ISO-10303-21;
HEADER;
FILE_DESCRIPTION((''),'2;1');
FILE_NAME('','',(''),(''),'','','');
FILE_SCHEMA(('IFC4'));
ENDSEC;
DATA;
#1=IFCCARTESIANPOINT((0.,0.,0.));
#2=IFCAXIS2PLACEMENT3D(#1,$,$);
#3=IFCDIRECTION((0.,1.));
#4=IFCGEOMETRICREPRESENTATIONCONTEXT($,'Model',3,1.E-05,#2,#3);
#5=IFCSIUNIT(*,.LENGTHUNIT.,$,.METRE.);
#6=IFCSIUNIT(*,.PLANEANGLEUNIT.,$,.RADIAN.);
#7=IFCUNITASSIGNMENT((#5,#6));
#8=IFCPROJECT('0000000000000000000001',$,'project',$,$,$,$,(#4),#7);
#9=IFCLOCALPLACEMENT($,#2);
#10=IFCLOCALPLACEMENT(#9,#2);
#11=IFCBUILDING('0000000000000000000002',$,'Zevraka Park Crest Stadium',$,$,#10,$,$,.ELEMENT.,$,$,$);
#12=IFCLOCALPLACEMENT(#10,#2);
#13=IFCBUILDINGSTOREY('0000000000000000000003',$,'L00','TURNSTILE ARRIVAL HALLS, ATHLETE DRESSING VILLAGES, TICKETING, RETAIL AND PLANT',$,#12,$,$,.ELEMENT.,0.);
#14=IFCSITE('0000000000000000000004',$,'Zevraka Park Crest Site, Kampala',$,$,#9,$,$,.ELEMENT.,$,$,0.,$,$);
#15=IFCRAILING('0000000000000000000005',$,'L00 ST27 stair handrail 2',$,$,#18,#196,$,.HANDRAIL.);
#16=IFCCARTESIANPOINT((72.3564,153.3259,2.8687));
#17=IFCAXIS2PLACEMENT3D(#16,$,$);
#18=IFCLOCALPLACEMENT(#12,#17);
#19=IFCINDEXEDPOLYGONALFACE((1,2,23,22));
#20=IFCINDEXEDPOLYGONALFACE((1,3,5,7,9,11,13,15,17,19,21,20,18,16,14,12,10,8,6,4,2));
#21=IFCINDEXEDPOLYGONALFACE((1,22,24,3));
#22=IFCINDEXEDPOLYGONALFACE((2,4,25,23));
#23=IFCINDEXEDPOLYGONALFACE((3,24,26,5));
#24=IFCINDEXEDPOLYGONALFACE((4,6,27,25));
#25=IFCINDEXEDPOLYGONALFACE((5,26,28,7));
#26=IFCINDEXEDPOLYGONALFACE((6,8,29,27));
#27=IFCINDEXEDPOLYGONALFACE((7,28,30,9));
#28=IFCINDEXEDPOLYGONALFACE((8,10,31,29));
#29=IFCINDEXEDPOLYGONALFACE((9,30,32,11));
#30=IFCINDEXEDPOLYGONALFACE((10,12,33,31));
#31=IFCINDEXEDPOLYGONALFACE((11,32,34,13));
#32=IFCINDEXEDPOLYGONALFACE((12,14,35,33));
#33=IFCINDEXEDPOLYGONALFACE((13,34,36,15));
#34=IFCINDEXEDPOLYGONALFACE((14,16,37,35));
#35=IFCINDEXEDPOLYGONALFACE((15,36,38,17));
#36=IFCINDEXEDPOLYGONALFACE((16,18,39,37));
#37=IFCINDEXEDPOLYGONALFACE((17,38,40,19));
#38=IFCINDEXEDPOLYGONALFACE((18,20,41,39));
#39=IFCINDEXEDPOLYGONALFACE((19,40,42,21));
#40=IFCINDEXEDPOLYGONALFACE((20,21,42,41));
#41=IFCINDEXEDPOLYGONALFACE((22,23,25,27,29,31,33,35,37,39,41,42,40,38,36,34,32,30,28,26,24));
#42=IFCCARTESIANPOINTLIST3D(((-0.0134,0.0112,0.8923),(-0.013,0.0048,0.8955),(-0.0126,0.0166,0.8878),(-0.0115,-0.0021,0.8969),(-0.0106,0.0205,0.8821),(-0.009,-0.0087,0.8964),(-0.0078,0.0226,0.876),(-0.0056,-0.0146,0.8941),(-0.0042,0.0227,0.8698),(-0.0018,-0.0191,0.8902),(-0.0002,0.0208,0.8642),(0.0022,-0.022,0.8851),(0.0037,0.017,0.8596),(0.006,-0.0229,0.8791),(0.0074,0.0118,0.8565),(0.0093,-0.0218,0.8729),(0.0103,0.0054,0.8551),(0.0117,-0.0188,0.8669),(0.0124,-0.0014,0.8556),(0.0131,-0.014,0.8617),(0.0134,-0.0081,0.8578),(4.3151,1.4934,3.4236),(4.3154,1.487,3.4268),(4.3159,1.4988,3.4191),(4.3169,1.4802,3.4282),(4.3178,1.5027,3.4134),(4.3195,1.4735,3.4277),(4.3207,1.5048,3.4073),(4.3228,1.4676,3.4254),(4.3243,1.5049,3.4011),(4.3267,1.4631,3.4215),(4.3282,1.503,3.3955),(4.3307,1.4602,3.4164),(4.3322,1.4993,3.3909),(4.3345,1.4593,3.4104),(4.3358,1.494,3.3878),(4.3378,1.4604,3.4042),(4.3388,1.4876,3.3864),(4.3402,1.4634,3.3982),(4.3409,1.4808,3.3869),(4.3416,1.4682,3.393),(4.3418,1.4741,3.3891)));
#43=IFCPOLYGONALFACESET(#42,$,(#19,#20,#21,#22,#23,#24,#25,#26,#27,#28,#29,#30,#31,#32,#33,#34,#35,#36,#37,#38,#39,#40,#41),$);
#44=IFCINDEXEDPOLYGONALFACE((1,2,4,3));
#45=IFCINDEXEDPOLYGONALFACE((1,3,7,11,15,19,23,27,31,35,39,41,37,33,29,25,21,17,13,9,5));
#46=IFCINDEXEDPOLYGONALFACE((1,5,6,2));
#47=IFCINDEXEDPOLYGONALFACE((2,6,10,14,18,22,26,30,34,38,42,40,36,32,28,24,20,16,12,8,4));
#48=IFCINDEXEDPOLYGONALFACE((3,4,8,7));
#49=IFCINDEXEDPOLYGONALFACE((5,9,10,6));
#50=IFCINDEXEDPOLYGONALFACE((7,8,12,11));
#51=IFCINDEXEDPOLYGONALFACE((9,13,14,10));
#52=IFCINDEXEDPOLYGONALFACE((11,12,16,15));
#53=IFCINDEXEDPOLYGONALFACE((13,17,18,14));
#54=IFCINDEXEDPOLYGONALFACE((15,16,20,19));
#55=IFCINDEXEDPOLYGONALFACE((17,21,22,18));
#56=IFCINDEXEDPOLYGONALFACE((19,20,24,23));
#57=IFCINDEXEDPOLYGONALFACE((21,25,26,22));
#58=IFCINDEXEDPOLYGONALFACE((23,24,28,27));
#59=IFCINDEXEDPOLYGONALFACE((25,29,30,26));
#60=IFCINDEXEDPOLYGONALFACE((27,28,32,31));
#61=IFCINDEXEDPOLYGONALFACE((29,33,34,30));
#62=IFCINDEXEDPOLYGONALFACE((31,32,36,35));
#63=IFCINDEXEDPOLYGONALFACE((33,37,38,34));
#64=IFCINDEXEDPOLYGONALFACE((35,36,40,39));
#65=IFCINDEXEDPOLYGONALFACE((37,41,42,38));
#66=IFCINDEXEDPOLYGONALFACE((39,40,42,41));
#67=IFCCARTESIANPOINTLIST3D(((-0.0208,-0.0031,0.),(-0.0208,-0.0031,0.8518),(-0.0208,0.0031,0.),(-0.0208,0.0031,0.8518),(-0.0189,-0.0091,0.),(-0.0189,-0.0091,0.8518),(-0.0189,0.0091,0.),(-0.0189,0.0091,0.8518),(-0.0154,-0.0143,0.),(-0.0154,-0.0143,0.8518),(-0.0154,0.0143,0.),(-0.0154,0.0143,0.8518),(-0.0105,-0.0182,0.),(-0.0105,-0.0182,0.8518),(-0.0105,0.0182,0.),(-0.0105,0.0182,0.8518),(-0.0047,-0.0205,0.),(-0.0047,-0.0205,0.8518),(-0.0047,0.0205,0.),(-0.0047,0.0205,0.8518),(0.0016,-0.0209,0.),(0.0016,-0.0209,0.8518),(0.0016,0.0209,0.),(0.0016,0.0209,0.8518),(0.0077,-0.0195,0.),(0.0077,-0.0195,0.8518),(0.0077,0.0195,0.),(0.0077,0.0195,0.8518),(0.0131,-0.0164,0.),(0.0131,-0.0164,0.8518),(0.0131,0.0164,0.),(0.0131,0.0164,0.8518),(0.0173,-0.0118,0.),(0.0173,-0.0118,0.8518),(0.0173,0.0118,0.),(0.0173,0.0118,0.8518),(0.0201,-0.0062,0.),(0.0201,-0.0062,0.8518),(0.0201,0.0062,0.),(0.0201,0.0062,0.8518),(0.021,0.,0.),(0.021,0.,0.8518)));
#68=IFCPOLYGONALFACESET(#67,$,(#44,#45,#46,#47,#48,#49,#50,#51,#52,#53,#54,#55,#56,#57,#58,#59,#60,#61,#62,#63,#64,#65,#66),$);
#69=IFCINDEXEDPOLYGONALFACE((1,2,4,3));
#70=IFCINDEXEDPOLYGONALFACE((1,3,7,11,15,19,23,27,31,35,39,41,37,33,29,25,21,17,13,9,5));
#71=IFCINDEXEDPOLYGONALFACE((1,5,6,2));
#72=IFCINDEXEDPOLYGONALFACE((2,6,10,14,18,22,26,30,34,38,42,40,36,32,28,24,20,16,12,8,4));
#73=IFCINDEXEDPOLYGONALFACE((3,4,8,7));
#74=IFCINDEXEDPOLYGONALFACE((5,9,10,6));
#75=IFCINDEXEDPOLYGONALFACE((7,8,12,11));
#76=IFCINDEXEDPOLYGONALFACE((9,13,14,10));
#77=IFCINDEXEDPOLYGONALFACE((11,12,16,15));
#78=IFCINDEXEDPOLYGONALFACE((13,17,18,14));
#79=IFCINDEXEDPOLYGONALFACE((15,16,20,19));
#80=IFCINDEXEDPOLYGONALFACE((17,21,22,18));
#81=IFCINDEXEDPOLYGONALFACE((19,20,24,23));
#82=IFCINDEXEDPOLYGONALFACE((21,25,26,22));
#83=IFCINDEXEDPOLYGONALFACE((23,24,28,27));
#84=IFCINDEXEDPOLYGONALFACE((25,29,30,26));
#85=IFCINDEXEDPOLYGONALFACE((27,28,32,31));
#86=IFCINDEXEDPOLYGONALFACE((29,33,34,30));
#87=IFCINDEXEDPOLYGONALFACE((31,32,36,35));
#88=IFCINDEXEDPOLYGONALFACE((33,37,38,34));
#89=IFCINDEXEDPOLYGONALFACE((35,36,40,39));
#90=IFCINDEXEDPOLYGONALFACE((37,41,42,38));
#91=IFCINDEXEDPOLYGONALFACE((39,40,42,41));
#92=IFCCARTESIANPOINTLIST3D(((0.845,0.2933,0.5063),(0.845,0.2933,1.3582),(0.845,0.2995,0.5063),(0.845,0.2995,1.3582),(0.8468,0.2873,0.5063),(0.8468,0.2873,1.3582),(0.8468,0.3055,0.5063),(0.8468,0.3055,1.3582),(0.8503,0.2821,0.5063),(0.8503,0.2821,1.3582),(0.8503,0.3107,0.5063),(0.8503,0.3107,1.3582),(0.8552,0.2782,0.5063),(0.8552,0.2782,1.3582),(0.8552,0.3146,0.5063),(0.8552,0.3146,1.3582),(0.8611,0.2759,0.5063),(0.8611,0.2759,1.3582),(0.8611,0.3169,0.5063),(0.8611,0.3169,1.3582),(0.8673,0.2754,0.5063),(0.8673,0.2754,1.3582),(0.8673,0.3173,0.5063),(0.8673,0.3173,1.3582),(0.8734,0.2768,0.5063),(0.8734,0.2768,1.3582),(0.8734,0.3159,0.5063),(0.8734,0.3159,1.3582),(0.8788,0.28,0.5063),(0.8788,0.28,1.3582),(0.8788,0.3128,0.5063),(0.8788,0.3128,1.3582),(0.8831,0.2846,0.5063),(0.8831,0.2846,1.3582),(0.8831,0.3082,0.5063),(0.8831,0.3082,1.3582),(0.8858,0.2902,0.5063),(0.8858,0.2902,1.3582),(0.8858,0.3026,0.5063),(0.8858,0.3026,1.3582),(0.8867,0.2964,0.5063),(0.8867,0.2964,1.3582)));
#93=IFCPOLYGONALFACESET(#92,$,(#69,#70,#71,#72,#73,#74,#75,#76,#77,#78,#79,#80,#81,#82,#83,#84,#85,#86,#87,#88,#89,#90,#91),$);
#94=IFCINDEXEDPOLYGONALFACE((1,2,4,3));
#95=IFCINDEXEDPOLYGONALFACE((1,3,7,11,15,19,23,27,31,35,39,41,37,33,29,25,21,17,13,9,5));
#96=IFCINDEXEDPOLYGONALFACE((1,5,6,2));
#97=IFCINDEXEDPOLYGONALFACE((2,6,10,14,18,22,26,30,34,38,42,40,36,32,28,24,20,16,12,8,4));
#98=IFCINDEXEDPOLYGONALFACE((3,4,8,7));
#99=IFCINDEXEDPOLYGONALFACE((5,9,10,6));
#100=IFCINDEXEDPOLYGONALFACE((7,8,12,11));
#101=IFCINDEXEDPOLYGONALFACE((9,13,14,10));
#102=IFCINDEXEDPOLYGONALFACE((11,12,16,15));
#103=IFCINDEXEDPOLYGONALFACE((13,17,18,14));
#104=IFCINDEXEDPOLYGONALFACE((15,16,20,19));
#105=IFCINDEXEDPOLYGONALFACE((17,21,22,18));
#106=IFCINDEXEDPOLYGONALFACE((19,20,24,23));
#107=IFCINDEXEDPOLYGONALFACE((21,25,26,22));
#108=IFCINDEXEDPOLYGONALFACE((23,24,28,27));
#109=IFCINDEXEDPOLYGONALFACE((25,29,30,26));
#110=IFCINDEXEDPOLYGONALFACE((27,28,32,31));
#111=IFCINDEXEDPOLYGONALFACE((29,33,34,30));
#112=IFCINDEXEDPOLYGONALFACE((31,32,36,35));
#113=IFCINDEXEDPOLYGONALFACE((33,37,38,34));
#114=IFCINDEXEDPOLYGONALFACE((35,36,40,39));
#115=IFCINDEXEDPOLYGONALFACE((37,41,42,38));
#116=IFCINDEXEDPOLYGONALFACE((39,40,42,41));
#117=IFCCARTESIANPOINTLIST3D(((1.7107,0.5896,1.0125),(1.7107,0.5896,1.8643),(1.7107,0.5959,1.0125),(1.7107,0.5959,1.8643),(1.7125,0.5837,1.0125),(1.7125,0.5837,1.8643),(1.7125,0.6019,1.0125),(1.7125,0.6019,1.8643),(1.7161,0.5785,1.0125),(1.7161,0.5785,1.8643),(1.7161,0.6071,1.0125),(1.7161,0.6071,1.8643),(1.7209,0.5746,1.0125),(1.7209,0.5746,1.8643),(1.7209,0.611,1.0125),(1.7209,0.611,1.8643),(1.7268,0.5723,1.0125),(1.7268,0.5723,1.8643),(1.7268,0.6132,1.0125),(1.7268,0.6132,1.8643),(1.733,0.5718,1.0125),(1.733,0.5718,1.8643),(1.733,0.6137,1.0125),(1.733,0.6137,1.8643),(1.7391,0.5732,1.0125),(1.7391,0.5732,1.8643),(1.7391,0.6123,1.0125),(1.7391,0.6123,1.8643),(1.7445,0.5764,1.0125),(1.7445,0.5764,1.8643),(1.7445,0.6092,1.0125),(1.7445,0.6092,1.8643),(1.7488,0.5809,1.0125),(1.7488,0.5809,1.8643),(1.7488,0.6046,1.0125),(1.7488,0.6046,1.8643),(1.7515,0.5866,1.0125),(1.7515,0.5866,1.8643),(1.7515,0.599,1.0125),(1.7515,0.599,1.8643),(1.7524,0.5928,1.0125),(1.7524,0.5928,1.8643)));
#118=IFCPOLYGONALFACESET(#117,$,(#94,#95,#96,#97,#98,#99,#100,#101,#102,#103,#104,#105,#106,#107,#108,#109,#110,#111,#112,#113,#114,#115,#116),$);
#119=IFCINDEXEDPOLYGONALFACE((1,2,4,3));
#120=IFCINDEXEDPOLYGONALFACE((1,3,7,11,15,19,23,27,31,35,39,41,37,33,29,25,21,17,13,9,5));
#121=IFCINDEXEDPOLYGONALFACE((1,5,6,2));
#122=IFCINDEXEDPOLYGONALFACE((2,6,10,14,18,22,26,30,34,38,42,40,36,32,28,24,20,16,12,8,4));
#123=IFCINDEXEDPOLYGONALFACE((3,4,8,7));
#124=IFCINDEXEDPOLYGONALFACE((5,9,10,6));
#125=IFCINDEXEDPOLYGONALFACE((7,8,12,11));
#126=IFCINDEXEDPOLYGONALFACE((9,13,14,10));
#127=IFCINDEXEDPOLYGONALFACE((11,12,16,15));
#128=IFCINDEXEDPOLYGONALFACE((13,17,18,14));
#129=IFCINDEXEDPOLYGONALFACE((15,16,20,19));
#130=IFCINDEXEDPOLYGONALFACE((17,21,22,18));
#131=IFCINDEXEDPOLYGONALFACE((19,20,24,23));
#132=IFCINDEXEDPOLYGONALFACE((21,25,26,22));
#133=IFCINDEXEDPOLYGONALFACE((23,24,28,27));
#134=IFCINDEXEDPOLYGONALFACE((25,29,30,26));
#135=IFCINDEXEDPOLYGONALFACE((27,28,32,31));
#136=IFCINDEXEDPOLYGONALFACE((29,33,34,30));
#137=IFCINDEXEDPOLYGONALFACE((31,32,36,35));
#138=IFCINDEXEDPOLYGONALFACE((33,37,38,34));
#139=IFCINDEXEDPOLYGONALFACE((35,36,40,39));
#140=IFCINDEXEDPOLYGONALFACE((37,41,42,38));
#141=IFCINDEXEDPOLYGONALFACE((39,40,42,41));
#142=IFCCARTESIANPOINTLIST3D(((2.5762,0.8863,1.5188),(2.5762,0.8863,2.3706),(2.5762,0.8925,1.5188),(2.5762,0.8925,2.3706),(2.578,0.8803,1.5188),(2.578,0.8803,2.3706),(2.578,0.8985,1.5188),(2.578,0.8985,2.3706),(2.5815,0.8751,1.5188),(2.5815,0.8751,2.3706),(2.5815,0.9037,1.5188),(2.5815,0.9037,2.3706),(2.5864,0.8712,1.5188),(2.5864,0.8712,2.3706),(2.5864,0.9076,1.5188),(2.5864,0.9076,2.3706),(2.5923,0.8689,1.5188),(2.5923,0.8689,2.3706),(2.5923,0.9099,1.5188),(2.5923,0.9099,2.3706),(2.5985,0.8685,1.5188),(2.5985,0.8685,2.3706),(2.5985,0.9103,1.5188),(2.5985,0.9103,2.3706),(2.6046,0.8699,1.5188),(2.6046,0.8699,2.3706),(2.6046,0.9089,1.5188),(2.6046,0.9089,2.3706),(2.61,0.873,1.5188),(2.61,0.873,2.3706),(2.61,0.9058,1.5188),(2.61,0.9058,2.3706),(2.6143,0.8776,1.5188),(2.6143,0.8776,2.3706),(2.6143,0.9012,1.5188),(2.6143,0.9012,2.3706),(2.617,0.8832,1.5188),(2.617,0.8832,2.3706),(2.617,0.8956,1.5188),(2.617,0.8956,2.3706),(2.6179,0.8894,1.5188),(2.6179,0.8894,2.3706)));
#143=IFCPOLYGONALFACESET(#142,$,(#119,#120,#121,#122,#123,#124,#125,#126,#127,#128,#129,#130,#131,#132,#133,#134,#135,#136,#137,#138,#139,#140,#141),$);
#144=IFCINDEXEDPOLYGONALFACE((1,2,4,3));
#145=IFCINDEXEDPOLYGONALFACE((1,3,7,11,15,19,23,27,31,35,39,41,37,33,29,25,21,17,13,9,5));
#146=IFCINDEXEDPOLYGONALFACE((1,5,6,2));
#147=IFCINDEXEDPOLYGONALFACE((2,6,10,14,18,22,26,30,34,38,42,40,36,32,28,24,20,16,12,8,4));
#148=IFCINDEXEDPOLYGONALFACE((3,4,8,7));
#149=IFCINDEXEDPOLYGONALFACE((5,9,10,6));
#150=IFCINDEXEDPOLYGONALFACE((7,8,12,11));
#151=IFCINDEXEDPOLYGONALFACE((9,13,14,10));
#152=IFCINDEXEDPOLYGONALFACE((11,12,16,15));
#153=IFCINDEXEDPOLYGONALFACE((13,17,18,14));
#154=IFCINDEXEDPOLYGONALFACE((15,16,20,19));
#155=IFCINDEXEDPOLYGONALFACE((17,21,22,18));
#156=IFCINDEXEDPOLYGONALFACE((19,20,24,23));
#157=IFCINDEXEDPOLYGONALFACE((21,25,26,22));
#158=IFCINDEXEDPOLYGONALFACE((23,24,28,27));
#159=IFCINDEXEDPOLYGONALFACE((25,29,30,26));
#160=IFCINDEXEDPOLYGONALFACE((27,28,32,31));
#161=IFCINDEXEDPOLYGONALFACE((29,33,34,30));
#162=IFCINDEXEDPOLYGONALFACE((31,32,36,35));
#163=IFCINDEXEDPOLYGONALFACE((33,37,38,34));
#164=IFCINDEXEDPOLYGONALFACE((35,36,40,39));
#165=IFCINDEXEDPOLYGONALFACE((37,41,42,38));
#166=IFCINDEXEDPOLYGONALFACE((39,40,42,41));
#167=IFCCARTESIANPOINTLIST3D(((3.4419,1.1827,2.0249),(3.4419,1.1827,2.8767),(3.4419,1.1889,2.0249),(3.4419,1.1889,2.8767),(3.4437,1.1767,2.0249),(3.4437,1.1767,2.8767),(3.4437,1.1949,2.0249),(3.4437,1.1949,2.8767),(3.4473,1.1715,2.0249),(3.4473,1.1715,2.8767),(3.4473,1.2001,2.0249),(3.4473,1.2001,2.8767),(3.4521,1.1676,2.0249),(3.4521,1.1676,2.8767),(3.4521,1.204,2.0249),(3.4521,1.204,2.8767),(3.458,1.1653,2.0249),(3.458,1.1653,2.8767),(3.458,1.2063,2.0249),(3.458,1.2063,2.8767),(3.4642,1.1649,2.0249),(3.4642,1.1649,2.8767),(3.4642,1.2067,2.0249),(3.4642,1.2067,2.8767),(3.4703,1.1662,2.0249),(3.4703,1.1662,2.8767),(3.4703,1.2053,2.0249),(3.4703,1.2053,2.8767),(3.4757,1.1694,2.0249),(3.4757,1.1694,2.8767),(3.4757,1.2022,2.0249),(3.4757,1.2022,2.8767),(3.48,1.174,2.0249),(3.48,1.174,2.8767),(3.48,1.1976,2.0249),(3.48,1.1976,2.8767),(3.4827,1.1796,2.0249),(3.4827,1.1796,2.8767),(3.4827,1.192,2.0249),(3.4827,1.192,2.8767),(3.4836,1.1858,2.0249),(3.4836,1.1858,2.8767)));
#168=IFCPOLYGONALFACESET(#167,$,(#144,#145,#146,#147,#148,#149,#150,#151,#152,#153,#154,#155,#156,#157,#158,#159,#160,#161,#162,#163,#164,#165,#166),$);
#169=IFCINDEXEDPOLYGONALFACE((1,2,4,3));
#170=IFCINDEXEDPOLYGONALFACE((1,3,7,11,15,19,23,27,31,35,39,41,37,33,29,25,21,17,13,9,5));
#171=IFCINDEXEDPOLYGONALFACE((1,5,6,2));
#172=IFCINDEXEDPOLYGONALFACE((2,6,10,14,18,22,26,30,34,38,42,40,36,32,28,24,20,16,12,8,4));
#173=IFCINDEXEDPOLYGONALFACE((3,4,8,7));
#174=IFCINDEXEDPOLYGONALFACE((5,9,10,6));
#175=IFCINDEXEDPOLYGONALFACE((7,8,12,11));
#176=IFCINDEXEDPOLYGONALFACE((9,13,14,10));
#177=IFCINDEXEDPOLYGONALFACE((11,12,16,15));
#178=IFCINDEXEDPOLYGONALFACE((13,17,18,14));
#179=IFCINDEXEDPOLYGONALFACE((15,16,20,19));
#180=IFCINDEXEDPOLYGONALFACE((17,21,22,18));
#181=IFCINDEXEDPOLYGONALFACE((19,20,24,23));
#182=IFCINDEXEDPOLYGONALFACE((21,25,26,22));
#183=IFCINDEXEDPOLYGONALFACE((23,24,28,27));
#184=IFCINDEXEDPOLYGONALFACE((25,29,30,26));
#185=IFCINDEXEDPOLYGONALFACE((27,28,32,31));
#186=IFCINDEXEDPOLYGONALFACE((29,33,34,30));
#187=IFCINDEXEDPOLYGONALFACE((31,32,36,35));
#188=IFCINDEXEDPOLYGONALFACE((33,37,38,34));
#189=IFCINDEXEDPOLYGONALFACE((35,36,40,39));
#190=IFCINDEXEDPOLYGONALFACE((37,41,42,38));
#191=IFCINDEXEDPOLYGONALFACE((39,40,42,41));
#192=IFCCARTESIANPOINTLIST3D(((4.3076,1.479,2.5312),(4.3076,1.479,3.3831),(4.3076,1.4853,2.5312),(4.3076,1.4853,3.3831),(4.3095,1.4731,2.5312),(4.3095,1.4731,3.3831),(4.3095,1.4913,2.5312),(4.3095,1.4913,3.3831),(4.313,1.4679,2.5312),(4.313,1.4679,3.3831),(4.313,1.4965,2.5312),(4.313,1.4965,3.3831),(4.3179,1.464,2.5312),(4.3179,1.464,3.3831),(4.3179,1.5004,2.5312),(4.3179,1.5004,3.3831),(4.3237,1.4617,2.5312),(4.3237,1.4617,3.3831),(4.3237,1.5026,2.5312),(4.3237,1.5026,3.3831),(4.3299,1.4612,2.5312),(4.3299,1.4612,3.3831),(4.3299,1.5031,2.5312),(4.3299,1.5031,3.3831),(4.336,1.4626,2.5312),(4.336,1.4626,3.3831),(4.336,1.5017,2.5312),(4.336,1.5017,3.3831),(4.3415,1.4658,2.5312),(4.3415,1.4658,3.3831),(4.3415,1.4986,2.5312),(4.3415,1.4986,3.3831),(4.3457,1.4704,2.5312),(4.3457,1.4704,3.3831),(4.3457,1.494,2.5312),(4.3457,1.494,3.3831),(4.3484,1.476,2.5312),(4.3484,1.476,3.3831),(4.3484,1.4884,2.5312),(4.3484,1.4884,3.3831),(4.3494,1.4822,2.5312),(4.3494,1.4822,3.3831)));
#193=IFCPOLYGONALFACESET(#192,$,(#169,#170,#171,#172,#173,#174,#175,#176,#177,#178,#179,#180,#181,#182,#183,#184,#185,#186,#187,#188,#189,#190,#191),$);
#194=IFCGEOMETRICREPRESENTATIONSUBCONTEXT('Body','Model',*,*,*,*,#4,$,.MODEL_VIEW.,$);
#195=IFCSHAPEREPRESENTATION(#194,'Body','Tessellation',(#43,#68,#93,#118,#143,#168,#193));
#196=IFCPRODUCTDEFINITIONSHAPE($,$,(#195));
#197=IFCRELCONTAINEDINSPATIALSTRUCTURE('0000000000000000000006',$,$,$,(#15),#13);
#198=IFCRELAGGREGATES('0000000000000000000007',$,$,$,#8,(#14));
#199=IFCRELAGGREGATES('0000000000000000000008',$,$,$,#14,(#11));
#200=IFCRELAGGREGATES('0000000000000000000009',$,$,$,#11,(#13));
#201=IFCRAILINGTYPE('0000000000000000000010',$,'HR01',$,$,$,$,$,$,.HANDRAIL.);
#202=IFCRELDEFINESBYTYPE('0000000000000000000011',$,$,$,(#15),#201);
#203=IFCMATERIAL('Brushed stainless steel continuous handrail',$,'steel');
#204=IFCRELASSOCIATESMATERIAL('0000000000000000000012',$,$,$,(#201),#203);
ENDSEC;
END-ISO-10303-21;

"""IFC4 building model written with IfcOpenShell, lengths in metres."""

from ifc_helpers import new_model, si_unit, direction, frame, origin, origin_2d, place, context, subcontext, project, spatial, circle, extrude, material, type_object, element, save


model = new_model("IFC4")

# Units and contexts
model_context = context("Model", 3, precision=1e-05, world=origin(), true_north=direction((0.0, 1.0)))
body_context = subcontext(model_context, "Body", "Model", "MODEL_VIEW")
ifc_project = project(units=[si_unit("LENGTHUNIT", "METRE"), si_unit("PLANEANGLEUNIT", "RADIAN")], contexts=[model_context])

# Site, building, storey
site_placement = place(None, origin())
site = spatial("IfcSite", under=ifc_project, at=site_placement, Name="Zevraka Park Crest Site, Kampala", CompositionType="ELEMENT", RefElevation=0.0)
building_placement = place(site_placement, origin())
building = spatial("IfcBuilding", under=site, at=building_placement, Name="Zevraka Park Crest Stadium", CompositionType="ELEMENT")
storey_placement = place(building_placement, origin())
storey = spatial("IfcBuildingStorey", under=building, at=storey_placement, Name="L00", Description="TURNSTILE ARRIVAL HALLS, ATHLETE DRESSING VILLAGES, TICKETING, RETAIL AND PLANT", CompositionType="ELEMENT", Elevation=0.0)

# Railing
ifc_material_1 = material(Name="Brushed stainless steel continuous handrail", Category="steel")
railing_type_1 = type_object("IfcRailingType", Name="HR01", PredefinedType="HANDRAIL", material=ifc_material_1)
railing_1_placement = place(storey_placement, frame((72.3564, 153.3259, 2.8687)))
element("IfcRailing", 1, at=railing_1_placement, inside=storey, type_object=railing_type_1, Name="L00 ST27 stair handrail 2", PredefinedType="HANDRAIL", context=body_context, shape_type="SweptSolid", body=[
    extrude(circle(Radius=0.0239, at=origin_2d()), frame((0.0, 0.0, 0.876), z_axis=(0.827817, 0.283472, 0.484111), x_axis=(-0.323965, 0.946069, 0.0)), (0.0, 0.0, 1.0), 5.2288),
    extrude(circle(Radius=0.021, at=origin_2d()), origin(), (0.0, 0.0, 1.0), 0.8518),
    extrude(circle(Radius=0.021, at=origin_2d()), frame((0.8657, 0.2964, 0.5063)), (0.0, 0.0, 1.0), 0.8518),
    extrude(circle(Radius=0.021, at=origin_2d()), frame((1.7314, 0.5928, 1.0125)), (0.0, 0.0, 1.0), 0.8518),
    extrude(circle(Radius=0.021, at=origin_2d()), frame((2.5969, 0.8894, 1.5188)), (0.0, 0.0, 1.0), 0.8518),
    extrude(circle(Radius=0.021, at=origin_2d()), frame((3.4626, 1.1858, 2.0249)), (0.0, 0.0, 1.0), 0.8518),
    extrude(circle(Radius=0.021, at=origin_2d()), frame((4.3284, 1.4822, 2.5312)), (0.0, 0.0, 1.0), 0.8518),
])

save(model, "model.ifc")
